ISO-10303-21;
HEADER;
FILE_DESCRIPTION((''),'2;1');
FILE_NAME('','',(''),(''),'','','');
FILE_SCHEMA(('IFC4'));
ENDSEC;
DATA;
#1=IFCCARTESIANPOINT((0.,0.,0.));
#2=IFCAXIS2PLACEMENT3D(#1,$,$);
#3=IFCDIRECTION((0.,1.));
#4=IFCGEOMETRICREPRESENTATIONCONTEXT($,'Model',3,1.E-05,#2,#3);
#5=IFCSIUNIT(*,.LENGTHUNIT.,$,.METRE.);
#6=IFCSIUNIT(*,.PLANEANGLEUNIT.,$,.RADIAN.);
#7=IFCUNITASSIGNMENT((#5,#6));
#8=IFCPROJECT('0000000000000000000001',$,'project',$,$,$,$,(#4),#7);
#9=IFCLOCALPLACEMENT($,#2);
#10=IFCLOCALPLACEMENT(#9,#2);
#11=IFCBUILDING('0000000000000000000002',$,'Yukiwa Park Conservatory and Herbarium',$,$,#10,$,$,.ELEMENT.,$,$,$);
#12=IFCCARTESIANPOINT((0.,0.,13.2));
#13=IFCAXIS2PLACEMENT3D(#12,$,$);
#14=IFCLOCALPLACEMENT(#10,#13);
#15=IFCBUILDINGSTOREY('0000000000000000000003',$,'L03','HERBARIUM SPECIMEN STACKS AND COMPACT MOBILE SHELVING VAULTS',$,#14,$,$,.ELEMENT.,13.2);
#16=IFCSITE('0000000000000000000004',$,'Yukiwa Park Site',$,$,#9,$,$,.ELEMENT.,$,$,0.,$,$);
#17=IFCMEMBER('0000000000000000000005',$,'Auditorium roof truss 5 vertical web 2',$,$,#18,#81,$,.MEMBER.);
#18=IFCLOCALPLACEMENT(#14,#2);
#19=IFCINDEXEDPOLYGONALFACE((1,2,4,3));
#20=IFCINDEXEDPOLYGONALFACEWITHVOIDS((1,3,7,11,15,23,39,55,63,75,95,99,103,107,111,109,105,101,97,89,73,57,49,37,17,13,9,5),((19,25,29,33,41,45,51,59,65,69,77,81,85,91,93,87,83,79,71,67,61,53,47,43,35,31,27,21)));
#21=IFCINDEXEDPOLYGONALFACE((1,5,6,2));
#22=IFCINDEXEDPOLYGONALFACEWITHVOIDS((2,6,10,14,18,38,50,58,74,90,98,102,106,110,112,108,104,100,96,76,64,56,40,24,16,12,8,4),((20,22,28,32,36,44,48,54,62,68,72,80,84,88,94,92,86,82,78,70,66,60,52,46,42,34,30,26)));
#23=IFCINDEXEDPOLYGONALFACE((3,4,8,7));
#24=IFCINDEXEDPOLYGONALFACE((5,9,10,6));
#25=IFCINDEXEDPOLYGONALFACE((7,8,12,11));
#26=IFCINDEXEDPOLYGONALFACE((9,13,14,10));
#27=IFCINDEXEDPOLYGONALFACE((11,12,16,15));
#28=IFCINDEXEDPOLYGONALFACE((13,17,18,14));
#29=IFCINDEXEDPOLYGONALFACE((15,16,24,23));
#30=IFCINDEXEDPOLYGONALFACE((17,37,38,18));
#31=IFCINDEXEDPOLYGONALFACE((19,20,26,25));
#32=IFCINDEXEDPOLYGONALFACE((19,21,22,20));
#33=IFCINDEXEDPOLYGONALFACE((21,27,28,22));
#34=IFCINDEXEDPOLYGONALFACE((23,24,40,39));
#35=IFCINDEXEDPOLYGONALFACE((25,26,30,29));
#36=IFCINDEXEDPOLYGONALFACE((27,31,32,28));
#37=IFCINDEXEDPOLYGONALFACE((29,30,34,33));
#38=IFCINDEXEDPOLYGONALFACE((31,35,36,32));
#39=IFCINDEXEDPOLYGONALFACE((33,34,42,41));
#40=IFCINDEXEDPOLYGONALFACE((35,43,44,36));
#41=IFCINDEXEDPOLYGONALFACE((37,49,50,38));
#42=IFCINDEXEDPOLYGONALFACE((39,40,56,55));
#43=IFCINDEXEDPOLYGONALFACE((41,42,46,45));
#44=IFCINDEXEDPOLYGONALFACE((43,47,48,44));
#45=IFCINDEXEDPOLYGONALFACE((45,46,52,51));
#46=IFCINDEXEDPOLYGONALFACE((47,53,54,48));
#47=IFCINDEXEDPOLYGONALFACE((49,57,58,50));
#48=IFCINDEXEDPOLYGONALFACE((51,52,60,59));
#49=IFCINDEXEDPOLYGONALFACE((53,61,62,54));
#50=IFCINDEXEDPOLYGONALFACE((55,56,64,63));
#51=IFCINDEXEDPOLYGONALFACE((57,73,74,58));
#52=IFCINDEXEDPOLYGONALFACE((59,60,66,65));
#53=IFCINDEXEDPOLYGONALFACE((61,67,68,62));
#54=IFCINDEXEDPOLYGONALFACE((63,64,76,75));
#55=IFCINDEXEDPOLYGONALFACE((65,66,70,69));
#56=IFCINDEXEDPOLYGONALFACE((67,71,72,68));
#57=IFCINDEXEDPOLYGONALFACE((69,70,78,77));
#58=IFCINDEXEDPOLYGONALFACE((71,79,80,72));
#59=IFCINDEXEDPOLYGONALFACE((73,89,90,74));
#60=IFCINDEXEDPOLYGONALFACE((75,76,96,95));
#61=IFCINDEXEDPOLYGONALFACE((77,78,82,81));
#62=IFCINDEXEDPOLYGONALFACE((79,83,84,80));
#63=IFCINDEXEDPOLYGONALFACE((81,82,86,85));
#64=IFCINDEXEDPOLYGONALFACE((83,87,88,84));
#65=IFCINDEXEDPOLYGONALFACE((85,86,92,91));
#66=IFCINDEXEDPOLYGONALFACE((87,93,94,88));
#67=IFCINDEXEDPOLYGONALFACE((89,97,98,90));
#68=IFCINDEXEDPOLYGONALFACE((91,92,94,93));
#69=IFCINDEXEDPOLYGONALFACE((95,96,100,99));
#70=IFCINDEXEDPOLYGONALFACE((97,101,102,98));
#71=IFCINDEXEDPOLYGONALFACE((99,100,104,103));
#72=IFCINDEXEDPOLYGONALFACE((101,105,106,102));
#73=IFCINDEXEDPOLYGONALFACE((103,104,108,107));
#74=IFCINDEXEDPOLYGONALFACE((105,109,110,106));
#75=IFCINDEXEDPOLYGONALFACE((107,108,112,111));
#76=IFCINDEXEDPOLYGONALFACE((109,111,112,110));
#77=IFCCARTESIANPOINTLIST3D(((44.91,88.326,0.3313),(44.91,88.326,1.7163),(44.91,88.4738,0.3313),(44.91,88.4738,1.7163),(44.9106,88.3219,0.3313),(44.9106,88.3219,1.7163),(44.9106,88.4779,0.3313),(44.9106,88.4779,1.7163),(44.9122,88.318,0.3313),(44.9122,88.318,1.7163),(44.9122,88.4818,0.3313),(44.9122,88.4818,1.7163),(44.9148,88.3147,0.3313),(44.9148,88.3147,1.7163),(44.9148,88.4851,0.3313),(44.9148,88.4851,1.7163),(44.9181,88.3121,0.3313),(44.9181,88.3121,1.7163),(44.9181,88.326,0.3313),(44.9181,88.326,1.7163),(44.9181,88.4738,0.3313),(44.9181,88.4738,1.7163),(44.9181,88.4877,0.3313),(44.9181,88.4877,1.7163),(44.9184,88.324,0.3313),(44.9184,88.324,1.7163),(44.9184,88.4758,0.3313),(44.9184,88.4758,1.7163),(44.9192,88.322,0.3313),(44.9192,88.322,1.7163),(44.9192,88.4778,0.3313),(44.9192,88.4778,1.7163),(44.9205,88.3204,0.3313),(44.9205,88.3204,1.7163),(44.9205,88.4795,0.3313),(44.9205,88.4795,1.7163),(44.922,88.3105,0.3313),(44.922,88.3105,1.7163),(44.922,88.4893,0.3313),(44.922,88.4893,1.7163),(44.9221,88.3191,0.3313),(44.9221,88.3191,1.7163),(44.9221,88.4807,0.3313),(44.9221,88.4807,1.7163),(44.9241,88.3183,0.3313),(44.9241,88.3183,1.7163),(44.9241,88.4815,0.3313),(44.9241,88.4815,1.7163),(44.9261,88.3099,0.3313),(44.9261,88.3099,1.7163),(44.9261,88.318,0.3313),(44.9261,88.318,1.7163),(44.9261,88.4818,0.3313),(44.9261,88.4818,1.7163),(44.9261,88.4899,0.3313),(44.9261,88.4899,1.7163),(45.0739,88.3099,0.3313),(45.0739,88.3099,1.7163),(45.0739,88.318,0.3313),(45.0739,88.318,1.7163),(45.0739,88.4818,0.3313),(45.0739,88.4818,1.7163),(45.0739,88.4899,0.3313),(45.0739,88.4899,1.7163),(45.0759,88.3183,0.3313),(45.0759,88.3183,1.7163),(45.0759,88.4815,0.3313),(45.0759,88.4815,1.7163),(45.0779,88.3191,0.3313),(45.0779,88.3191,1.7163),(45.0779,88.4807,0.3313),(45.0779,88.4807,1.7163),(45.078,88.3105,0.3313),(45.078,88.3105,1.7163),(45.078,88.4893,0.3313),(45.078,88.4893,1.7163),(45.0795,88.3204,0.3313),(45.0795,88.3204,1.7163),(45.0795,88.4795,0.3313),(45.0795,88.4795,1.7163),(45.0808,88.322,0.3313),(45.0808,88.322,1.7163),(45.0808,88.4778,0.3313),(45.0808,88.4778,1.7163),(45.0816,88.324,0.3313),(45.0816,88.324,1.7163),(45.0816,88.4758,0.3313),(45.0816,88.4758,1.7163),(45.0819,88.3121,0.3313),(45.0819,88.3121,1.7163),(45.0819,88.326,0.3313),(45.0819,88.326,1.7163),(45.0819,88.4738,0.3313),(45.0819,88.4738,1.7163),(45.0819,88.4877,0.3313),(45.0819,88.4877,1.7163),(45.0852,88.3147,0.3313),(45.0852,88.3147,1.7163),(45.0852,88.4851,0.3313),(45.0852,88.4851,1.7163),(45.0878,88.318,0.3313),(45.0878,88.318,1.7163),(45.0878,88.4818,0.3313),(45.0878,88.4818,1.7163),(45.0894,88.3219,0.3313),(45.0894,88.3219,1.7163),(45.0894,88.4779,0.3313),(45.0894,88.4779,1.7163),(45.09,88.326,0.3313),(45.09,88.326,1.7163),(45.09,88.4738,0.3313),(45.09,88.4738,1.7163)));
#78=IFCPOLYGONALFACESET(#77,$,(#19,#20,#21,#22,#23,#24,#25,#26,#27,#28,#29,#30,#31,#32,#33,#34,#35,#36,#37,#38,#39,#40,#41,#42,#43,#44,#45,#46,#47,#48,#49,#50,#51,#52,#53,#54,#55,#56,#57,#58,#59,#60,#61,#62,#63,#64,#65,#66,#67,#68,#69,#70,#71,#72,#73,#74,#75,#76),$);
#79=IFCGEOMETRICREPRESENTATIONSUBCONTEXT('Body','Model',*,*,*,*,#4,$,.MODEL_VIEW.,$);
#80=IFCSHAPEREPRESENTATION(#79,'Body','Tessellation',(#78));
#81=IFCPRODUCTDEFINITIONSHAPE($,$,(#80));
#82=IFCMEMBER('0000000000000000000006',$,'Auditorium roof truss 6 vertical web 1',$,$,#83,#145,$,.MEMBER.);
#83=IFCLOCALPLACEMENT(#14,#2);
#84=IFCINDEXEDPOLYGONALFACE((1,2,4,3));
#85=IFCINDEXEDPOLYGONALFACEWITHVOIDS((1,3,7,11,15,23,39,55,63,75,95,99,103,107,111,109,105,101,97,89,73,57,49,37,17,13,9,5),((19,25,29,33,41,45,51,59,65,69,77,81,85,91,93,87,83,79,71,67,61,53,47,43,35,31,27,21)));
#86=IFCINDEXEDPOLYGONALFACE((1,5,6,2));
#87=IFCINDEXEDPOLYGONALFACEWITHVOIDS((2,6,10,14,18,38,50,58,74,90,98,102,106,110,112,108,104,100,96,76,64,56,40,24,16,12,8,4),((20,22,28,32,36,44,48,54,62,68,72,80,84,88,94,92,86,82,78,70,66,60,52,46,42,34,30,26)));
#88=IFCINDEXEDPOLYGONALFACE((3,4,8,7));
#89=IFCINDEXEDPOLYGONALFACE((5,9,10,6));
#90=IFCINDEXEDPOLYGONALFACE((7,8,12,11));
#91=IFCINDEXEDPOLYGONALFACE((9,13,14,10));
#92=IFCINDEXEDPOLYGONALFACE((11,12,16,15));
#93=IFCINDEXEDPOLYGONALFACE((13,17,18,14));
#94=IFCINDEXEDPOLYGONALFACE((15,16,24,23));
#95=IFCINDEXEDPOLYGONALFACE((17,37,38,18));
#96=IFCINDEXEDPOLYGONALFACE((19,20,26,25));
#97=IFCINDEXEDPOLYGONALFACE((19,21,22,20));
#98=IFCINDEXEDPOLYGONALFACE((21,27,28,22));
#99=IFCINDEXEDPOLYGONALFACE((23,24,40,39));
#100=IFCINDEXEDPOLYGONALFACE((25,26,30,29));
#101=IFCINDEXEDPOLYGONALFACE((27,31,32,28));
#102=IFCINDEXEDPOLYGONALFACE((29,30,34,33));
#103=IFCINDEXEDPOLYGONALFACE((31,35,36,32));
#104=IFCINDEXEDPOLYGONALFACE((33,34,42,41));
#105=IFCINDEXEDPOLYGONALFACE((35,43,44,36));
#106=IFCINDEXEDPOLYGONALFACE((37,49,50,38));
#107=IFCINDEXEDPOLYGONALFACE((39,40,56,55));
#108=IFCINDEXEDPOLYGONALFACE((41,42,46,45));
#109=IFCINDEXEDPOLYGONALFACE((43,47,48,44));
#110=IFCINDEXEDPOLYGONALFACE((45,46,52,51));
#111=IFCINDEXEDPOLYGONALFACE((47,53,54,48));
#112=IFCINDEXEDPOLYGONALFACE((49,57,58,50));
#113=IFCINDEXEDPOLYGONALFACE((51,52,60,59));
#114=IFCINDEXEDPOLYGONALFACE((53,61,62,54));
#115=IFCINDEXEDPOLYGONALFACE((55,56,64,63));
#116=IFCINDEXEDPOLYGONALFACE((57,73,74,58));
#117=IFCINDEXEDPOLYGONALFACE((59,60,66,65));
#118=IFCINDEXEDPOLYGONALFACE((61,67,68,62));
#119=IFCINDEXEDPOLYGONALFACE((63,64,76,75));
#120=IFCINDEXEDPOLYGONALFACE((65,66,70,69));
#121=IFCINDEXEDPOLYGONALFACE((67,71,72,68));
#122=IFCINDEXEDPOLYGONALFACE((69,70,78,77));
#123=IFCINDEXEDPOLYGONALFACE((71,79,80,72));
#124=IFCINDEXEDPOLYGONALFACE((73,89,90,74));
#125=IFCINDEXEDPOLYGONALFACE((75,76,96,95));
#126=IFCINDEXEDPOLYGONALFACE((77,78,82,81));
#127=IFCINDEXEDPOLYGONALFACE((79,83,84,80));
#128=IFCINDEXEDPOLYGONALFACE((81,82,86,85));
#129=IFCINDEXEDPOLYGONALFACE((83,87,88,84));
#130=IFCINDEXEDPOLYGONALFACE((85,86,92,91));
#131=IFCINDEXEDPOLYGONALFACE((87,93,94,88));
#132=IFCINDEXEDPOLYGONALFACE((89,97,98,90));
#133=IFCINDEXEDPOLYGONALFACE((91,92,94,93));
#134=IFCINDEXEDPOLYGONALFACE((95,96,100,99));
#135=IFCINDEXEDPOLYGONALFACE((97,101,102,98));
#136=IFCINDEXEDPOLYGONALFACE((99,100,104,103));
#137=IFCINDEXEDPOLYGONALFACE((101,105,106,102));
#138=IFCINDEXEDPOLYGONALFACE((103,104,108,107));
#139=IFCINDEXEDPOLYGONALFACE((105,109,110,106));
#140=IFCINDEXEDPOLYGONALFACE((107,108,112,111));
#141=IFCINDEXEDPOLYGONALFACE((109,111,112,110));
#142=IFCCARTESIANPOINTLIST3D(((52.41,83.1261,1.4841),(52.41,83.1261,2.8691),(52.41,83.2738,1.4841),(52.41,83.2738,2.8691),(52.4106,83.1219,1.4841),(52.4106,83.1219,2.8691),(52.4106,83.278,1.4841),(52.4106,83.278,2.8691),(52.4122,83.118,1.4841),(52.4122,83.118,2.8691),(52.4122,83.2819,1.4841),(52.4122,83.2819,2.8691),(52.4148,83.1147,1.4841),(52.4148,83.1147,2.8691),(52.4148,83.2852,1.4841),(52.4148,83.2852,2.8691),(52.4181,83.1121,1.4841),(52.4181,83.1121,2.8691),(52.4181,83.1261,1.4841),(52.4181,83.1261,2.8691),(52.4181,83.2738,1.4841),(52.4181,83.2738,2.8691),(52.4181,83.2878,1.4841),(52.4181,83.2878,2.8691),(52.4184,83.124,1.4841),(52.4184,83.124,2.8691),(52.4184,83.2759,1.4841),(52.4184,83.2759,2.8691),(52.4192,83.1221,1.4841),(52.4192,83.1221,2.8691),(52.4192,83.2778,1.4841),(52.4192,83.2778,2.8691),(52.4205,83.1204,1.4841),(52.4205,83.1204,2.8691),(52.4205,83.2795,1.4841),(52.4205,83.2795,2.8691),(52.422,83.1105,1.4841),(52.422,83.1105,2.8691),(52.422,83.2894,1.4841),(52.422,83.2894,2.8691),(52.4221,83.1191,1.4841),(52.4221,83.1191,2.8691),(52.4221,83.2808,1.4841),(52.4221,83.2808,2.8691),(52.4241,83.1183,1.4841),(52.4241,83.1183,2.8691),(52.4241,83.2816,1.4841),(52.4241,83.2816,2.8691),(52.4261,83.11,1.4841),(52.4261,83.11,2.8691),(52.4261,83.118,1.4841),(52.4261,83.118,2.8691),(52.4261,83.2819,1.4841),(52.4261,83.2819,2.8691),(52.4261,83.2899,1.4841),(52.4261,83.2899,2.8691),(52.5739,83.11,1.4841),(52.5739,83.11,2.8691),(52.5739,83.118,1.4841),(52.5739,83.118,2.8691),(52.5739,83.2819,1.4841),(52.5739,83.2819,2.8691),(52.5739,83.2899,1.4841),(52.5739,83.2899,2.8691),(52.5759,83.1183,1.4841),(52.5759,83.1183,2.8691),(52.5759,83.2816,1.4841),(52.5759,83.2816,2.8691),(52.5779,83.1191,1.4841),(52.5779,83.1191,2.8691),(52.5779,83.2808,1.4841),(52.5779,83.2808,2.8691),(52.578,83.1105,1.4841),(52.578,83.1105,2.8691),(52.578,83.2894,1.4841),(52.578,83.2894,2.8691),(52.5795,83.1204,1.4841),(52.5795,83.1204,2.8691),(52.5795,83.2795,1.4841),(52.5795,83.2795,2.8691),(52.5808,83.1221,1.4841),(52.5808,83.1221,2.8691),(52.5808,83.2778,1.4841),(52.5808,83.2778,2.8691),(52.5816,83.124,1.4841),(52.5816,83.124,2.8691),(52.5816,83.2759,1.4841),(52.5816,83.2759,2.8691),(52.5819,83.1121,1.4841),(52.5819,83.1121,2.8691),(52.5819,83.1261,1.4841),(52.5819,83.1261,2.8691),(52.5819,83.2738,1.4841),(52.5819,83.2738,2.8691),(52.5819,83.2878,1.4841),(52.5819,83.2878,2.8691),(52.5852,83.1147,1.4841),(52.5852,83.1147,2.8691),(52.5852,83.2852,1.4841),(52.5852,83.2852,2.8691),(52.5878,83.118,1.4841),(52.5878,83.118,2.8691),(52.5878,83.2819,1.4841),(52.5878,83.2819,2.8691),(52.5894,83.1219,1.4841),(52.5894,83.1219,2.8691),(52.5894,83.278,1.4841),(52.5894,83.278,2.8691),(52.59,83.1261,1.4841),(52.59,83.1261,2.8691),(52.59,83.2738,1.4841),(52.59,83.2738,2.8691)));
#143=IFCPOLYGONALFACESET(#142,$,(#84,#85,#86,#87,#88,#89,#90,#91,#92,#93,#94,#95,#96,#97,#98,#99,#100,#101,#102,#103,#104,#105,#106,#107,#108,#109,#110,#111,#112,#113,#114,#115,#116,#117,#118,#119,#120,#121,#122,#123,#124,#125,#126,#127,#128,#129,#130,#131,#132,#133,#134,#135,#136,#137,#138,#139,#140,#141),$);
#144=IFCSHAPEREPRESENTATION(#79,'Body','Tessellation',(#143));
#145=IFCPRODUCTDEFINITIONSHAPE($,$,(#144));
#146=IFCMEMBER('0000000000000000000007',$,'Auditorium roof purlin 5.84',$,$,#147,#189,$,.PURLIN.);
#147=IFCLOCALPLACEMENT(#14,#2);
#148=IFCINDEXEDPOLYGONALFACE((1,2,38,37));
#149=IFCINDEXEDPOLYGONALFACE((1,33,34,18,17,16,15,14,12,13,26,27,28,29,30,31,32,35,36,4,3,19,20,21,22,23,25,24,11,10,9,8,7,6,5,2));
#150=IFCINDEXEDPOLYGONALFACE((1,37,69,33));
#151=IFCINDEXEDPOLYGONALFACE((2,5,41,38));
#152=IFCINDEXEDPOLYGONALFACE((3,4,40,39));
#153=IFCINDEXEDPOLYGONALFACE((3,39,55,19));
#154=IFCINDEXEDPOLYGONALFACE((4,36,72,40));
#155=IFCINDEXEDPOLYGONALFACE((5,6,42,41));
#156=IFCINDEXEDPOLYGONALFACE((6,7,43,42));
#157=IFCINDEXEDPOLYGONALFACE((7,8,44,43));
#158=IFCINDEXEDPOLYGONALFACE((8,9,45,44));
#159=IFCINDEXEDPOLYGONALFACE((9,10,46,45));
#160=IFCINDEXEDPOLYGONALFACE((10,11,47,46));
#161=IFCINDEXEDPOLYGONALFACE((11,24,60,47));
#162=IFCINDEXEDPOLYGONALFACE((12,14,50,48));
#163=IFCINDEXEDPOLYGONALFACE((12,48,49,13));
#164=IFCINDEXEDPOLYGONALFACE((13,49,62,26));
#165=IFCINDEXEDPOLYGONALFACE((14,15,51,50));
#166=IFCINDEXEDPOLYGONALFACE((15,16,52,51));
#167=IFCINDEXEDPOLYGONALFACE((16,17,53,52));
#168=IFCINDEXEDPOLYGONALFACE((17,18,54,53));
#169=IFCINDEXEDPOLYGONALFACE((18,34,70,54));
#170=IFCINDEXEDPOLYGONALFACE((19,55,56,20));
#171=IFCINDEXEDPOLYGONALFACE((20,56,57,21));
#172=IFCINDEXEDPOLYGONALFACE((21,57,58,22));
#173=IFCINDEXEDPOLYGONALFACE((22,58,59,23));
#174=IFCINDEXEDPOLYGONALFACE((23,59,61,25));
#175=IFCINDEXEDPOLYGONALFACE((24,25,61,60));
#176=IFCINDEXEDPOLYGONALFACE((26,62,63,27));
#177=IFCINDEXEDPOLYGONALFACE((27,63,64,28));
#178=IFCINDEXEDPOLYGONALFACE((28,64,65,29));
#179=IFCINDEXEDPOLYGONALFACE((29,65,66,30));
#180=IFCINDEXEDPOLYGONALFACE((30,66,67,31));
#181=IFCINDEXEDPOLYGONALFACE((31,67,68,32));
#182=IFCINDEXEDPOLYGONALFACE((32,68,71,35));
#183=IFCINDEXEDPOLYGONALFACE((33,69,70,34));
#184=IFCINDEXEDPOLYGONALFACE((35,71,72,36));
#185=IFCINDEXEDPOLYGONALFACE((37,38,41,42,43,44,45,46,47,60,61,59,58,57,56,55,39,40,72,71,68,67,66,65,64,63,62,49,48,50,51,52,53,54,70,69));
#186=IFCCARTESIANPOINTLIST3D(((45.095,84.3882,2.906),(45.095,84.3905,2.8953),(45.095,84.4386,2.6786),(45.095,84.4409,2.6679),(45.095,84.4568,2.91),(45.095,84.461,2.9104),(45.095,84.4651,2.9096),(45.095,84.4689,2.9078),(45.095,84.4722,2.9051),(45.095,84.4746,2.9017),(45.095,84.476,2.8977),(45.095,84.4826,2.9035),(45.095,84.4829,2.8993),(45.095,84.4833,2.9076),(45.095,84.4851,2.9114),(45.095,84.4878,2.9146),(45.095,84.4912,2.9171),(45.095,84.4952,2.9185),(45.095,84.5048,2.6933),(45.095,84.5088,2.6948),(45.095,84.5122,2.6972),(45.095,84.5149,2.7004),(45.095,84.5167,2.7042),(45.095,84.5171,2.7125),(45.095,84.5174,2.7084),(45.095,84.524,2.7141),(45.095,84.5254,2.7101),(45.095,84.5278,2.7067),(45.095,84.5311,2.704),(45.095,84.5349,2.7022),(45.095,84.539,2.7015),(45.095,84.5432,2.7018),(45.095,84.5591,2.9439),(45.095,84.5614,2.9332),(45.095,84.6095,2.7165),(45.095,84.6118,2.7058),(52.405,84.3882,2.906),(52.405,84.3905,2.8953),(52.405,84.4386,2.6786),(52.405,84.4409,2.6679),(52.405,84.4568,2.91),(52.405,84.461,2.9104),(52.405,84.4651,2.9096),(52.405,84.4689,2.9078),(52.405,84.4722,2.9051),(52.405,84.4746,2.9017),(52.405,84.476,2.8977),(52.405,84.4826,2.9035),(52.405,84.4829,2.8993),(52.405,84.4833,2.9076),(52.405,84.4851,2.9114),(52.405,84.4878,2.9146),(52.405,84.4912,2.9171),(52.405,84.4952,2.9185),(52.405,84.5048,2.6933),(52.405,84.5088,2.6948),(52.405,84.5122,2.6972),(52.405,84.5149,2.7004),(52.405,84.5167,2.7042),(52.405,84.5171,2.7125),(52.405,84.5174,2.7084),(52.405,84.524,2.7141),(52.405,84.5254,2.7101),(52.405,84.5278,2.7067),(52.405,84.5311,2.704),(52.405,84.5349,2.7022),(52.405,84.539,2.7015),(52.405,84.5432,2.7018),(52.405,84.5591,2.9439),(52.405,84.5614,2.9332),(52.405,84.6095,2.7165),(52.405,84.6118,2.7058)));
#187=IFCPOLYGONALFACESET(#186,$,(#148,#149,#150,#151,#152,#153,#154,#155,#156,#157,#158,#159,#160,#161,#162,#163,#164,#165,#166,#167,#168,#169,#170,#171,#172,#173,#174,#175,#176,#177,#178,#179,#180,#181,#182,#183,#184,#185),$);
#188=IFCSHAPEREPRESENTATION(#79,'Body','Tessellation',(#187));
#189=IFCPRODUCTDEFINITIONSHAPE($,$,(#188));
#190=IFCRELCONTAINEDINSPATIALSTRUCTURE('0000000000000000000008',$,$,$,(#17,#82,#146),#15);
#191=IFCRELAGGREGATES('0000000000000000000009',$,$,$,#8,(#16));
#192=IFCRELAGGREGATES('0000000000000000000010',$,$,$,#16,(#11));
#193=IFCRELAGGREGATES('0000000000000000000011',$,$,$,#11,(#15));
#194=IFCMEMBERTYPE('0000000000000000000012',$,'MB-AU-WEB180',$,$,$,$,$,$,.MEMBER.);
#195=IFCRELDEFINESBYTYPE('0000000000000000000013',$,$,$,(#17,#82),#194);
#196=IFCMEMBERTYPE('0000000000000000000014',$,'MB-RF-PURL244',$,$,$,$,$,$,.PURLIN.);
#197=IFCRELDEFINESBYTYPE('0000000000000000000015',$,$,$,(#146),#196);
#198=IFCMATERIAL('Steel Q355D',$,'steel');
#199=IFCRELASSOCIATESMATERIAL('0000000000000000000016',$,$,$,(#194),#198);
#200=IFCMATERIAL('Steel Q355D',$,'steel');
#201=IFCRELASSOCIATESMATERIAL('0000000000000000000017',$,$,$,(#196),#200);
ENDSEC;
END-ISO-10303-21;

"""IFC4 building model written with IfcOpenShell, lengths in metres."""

from ifc_helpers import new_model, si_unit, direction, frame, origin, origin_2d, place, context, subcontext, project, spatial, hollow_rectangle, i_section, extrude, material, material_profile, profile_set, type_object, element, save


model = new_model("IFC4")

# Units and contexts
model_context = context("Model", 3, precision=1e-05, world=origin(), true_north=direction((0.0, 1.0)))
body_context = subcontext(model_context, "Body", "Model", "MODEL_VIEW")
ifc_project = project(units=[si_unit("LENGTHUNIT", "METRE"), si_unit("PLANEANGLEUNIT", "RADIAN")], contexts=[model_context])

# Site, building, storey
site_placement = place(None, origin())
site = spatial("IfcSite", under=ifc_project, at=site_placement, Name="Yukiwa Park Site", CompositionType="ELEMENT", RefElevation=0.0)
building_placement = place(site_placement, origin())
building = spatial("IfcBuilding", under=site, at=building_placement, Name="Yukiwa Park Conservatory and Herbarium", CompositionType="ELEMENT")
storey_placement = place(building_placement, frame((0.0, 0.0, 13.2)))
storey = spatial("IfcBuildingStorey", under=building, at=storey_placement, Name="L03", Description="HERBARIUM SPECIMEN STACKS AND COMPACT MOBILE SHELVING VAULTS", CompositionType="ELEMENT", Elevation=13.2)

# Members
ifc_material_1 = material(Name="Steel Q355D", Category="steel")
ifc_material_profile_1 = material_profile(ifc_material_1, hollow_rectangle(XDim=0.1799, YDim=0.1799, WallThickness=0.0081, InnerFilletRadius=0.0081, OuterFilletRadius=0.0161, at=origin_2d()), Name="SHS 180x180x8")
ifc_profile_set_1 = profile_set([ifc_material_profile_1], Name="Steel Q355D")
member_type_1 = type_object("IfcMemberType", Name="MB-AU-WEB180", PredefinedType="MEMBER", material=ifc_profile_set_1)
for number, where, z_axis, x_axis, name in (
    (1, (45.0, 88.3999, 0.3313), (0.0, 0.0, 1.0), (1.0, 0.0, 0.0), "Auditorium roof truss 5 vertical web 2"),
    (2, (52.5, 83.2, 1.4841), (0.0, 0.0, 1.0), (1.0, 0.0, 0.0), "Auditorium roof truss 6 vertical web 1"),
):
    element("IfcMember", number, at=place(storey_placement, frame(where, z_axis=z_axis, x_axis=x_axis)), inside=storey, type_object=member_type_1, Name=name, PredefinedType="MEMBER", context=body_context, shape_type="SweptSolid", body=[
        extrude(hollow_rectangle(XDim=0.1799, YDim=0.1799, WallThickness=0.0081, InnerFilletRadius=0.0081, OuterFilletRadius=0.0161, at=origin_2d()), origin(), (0.0, 0.0, 1.0), 1.385),
    ])
ifc_material_2 = material(Name="Steel Q355D", Category="steel")
ifc_material_profile_2 = material_profile(ifc_material_2, i_section(OverallWidth=0.175, OverallDepth=0.2439, WebThickness=0.0071, FlangeThickness=0.011, FilletRadius=0.0161, at=origin_2d()), Name="HM 244x175x7x11")
ifc_profile_set_2 = profile_set([ifc_material_profile_2], Name="Steel Q355D")
member_type_2 = type_object("IfcMemberType", Name="MB-RF-PURL244", PredefinedType="PURLIN", material=ifc_profile_set_2)
for number, where, z_axis, x_axis, name in (
    (3, (45.095, 84.5, 2.8059), (1.0, 0.0, 0.0), (0.0, 0.976296, 0.21644), "Auditorium roof purlin 5.84"),
):
    element("IfcMember", number, at=place(storey_placement, frame(where, z_axis=z_axis, x_axis=x_axis)), inside=storey, type_object=member_type_2, Name=name, PredefinedType="PURLIN", context=body_context, shape_type="SweptSolid", body=[
        extrude(i_section(OverallWidth=0.175, OverallDepth=0.2439, WebThickness=0.0071, FlangeThickness=0.011, FilletRadius=0.0161, at=origin_2d()), origin(), (0.0, 0.0, 1.0), 7.3101),
    ])

save(model, "model.ifc")
